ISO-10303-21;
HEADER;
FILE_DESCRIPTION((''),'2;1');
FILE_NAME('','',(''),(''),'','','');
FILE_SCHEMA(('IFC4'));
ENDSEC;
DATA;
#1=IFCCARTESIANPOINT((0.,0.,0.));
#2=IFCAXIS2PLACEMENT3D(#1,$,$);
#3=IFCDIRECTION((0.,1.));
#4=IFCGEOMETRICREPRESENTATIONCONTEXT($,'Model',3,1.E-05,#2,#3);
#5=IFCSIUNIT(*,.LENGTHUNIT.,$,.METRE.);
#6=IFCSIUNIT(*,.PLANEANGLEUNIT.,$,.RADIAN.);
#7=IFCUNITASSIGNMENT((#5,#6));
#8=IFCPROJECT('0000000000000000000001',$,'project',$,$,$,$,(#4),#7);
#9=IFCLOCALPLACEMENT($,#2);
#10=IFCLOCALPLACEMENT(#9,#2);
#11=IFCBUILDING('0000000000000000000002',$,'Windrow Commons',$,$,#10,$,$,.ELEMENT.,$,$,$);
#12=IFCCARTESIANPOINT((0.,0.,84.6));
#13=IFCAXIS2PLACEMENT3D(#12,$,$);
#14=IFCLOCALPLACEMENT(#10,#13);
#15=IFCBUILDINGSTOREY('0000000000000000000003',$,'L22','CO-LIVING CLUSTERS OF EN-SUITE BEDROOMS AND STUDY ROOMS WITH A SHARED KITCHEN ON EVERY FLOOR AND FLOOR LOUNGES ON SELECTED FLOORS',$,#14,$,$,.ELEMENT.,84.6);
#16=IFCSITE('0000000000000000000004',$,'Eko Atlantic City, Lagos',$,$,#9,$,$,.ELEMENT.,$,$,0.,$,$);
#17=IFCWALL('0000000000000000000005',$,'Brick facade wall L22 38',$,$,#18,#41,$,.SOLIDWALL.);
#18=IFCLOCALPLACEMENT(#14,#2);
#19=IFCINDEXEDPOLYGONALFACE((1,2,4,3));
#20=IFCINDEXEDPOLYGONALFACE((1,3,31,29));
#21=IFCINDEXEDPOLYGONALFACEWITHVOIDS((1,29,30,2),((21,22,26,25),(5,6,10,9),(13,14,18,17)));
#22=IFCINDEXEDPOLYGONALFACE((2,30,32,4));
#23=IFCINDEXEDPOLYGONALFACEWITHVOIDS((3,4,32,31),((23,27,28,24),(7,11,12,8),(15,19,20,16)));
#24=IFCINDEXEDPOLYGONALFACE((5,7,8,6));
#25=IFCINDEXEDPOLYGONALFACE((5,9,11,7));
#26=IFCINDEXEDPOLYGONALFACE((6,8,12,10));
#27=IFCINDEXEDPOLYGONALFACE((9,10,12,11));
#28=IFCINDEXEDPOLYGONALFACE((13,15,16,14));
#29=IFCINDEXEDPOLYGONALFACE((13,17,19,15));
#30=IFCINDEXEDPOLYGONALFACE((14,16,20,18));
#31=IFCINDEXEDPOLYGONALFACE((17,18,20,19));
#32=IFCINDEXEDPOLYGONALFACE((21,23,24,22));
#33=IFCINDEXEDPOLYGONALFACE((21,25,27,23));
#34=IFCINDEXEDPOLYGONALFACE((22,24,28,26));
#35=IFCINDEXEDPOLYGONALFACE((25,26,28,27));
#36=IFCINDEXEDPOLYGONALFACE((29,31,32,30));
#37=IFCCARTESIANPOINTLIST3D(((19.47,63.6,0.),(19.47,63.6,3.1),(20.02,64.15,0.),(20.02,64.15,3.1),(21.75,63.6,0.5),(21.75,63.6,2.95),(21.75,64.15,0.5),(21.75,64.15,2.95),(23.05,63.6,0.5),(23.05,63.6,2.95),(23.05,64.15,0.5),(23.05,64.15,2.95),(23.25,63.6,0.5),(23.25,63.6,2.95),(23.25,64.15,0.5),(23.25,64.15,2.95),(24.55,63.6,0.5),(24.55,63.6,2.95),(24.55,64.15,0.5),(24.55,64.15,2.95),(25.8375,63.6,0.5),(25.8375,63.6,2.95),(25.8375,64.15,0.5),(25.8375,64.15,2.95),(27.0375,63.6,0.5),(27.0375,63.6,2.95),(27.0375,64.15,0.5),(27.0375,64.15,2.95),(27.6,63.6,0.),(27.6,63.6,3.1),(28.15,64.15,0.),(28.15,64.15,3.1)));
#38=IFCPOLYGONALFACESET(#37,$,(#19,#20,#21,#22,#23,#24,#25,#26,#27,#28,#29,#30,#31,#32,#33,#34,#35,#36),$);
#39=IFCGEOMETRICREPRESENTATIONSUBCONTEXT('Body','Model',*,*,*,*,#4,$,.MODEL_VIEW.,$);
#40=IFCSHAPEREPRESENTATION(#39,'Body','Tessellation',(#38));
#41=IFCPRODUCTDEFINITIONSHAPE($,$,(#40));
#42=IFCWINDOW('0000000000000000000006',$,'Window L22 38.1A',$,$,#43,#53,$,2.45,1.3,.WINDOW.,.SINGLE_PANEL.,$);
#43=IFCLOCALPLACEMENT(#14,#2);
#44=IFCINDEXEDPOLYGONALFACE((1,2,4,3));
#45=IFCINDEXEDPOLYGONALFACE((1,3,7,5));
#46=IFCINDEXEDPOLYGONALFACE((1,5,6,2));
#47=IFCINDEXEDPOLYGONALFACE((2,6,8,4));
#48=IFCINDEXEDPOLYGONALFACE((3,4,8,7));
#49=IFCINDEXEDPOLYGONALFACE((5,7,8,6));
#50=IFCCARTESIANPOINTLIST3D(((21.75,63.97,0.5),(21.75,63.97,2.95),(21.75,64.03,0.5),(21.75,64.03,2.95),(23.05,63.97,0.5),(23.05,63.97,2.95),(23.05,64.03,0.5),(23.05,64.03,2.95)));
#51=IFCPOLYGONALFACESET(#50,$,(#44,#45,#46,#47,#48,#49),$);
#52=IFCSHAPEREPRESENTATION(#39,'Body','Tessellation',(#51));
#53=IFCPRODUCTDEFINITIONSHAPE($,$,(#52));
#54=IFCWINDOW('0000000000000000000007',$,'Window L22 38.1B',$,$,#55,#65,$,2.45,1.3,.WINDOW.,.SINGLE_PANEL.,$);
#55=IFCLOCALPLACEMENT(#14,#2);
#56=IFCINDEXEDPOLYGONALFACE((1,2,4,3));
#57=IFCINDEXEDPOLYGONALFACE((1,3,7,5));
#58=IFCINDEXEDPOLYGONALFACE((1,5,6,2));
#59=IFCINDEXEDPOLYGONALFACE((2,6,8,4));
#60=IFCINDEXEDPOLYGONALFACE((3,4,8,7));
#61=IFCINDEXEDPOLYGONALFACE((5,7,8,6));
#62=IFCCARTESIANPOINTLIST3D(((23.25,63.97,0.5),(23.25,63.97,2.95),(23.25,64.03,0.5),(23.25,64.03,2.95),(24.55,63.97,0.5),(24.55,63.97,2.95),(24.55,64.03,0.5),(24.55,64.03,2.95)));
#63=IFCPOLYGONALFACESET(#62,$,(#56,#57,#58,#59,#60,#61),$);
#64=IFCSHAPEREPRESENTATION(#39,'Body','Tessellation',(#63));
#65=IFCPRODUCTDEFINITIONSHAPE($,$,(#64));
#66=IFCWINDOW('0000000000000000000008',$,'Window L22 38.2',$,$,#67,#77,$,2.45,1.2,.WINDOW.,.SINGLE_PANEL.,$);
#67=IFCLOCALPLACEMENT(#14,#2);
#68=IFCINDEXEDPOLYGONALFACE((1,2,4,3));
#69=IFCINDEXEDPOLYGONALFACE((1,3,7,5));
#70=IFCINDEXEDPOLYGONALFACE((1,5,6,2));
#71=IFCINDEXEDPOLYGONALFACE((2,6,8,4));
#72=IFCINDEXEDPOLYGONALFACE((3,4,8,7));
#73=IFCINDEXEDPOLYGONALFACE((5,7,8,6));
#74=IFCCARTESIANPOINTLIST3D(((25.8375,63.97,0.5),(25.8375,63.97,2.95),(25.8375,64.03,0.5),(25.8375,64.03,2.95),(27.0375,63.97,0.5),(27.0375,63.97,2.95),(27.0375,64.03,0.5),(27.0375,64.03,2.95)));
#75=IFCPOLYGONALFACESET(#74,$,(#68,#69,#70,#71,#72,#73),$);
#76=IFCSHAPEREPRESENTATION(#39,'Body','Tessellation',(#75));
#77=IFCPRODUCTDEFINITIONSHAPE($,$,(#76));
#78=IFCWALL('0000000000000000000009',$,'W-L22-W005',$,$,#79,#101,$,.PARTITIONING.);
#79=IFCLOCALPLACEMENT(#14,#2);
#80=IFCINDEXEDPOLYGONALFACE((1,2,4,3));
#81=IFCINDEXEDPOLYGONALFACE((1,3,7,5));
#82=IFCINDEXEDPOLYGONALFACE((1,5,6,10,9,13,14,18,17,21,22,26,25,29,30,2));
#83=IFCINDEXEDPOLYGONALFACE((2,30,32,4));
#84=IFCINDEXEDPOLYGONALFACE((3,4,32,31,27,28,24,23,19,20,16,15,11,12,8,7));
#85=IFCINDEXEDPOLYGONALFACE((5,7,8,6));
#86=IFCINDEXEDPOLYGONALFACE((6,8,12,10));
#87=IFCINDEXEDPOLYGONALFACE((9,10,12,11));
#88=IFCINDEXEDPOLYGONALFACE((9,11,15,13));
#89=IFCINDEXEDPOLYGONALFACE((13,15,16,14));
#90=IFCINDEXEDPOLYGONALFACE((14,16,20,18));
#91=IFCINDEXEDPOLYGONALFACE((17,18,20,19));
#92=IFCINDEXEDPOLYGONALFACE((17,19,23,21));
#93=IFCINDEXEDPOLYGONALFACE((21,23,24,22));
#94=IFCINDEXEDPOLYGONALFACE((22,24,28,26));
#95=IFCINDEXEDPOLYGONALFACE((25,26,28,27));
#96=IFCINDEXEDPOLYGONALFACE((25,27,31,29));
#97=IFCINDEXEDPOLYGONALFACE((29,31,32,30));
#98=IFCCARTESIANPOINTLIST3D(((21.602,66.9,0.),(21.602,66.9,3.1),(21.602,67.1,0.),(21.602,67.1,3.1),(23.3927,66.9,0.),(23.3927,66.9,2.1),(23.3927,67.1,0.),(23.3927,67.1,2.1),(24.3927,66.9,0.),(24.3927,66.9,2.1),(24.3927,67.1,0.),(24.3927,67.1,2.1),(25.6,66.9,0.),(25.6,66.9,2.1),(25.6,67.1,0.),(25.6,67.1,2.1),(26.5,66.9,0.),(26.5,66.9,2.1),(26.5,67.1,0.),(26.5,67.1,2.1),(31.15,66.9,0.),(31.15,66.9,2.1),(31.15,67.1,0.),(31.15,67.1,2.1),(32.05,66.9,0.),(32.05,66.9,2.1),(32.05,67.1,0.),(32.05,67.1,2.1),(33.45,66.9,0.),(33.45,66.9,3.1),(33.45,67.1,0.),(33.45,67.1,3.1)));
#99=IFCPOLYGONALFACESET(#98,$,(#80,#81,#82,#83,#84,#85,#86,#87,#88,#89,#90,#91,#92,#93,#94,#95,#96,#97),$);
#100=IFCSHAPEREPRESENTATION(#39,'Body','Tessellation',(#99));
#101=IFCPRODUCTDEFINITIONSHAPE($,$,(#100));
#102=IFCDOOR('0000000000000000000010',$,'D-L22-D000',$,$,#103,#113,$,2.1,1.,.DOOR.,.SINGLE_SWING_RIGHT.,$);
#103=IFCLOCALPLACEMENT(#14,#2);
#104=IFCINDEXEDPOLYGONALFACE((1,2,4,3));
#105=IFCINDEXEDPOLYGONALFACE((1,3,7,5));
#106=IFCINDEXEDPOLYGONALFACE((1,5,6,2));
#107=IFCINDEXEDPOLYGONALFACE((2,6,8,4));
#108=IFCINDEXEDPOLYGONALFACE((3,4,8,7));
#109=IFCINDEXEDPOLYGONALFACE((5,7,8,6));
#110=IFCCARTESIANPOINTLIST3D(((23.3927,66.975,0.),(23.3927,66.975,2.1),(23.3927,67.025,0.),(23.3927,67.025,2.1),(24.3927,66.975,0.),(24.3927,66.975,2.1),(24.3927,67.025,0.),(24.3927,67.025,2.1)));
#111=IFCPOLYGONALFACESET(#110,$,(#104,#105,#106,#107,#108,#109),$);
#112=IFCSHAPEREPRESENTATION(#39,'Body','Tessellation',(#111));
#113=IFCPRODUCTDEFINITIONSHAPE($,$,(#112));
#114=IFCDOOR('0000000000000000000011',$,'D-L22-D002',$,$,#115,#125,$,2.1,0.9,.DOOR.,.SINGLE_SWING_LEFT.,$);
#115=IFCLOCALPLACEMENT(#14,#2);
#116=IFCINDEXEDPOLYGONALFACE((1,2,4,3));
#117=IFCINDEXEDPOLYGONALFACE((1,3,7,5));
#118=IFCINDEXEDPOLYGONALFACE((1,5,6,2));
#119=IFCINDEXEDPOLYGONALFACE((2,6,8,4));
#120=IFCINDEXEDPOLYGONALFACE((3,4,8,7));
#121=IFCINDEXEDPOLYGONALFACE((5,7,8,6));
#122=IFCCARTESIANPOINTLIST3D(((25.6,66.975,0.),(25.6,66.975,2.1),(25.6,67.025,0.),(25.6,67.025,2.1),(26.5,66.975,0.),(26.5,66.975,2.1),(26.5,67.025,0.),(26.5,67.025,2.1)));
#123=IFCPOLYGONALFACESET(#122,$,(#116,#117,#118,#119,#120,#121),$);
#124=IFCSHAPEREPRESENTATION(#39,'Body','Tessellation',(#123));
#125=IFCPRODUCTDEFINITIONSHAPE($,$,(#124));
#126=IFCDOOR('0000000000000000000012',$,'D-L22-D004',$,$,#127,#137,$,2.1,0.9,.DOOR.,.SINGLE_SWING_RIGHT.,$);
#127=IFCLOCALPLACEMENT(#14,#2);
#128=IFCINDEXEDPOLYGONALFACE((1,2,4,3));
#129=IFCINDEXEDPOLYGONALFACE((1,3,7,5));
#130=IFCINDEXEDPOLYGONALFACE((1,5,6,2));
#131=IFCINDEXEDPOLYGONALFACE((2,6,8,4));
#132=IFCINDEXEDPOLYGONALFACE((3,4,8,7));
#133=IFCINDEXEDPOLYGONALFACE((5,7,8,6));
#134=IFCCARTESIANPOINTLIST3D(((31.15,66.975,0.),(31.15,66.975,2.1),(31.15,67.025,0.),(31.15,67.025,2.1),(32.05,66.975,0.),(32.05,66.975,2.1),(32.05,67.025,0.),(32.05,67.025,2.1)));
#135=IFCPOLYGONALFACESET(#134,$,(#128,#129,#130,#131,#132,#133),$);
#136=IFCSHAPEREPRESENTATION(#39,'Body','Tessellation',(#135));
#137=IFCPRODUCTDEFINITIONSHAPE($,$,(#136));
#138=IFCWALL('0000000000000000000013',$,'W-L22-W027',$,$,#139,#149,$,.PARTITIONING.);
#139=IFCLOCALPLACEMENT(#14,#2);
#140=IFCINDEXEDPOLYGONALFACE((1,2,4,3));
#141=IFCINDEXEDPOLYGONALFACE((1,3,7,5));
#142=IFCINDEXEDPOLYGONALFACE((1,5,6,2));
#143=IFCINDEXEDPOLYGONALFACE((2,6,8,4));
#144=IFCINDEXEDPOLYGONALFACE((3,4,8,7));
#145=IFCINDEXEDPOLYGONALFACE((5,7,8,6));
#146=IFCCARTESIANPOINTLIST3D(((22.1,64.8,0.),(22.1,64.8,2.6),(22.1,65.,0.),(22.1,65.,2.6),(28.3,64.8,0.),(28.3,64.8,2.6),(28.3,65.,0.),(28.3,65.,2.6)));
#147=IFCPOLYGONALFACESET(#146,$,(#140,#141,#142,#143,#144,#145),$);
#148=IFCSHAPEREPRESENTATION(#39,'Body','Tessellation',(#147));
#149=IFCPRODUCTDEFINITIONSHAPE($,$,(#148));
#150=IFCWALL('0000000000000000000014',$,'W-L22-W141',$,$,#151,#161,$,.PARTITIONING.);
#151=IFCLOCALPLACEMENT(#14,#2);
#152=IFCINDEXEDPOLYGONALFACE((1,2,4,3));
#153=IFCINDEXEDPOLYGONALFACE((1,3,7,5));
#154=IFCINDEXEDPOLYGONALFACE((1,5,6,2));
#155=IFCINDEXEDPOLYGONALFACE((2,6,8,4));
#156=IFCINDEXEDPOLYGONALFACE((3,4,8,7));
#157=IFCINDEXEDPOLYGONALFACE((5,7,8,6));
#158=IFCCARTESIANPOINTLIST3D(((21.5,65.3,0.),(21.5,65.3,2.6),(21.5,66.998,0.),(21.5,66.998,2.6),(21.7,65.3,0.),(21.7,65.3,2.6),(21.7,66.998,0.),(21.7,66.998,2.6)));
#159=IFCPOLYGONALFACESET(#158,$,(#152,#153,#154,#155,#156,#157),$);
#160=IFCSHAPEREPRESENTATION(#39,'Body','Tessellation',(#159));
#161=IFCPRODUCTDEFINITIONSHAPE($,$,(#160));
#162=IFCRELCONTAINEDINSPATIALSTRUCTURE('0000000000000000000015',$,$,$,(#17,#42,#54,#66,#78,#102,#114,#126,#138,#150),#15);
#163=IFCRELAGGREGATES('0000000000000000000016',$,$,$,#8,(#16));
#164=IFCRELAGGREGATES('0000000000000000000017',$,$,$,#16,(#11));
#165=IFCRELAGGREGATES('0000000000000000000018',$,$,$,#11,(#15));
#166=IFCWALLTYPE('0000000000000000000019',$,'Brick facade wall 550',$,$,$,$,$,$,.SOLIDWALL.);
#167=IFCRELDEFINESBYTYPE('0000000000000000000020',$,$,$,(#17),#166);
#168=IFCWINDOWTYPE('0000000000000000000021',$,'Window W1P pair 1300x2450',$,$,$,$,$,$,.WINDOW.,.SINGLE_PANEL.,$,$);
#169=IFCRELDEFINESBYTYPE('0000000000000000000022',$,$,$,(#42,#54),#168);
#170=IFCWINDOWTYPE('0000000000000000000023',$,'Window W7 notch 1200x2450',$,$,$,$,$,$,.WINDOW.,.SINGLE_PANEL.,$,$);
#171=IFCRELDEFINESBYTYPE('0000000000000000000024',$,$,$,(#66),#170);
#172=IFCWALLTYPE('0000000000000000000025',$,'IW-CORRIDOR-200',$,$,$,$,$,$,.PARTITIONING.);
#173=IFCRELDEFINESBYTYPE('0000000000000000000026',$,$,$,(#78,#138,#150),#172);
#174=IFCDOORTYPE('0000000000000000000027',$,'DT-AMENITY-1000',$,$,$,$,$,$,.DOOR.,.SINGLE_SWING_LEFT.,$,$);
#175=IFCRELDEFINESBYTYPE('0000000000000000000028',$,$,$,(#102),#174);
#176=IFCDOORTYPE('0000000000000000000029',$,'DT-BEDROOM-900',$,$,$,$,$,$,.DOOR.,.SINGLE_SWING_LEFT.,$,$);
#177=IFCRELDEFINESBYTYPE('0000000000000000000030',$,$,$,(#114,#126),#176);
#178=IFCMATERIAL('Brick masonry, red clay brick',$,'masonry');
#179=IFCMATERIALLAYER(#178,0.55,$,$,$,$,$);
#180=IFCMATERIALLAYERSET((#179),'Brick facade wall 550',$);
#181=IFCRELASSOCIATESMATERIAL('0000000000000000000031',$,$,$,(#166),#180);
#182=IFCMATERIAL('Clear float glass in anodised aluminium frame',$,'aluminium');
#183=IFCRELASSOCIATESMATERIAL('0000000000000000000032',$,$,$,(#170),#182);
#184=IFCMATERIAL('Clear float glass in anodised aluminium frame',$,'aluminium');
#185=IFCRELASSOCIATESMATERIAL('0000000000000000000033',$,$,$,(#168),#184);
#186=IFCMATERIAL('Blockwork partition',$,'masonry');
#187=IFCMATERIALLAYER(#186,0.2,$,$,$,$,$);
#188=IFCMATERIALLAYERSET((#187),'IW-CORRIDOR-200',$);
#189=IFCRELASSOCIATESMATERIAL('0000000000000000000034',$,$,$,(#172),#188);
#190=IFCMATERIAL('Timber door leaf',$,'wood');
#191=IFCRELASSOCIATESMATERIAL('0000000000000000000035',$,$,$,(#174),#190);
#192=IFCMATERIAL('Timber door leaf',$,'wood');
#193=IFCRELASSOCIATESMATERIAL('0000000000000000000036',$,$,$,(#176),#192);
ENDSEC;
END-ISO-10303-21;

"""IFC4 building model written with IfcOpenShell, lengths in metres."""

from ifc_helpers import new_model, si_unit, direction, frame, frame_2d, origin, place, context, subcontext, project, spatial, polyline, rectangle, outline, extrude, material, layer, layer_set, type_object, element, fill, save


model = new_model("IFC4")

# Units and contexts
model_context = context("Model", 3, precision=1e-05, world=origin(), true_north=direction((0.0, 1.0)))
body_context = subcontext(model_context, "Body", "Model", "MODEL_VIEW")
ifc_project = project(units=[si_unit("LENGTHUNIT", "METRE"), si_unit("PLANEANGLEUNIT", "RADIAN")], contexts=[model_context])

# Site, building, storey
site_placement = place(None, origin())
site = spatial("IfcSite", under=ifc_project, at=site_placement, Name="Eko Atlantic City, Lagos", CompositionType="ELEMENT", RefElevation=0.0)
building_placement = place(site_placement, origin())
building = spatial("IfcBuilding", under=site, at=building_placement, Name="Windrow Commons", CompositionType="ELEMENT")
storey_placement = place(building_placement, frame((0.0, 0.0, 84.6)))
storey = spatial("IfcBuildingStorey", under=building, at=storey_placement, Name="L22", Description="CO-LIVING CLUSTERS OF EN-SUITE BEDROOMS AND STUDY ROOMS WITH A SHARED KITCHEN ON EVERY FLOOR AND FLOOR LOUNGES ON SELECTED FLOORS", CompositionType="ELEMENT", Elevation=84.6)

# Shared definitions
ifc_material_1 = material(Name="Brick masonry, red clay brick", Category="masonry")
ifc_layer_1 = layer(ifc_material_1, 0.55)
ifc_layer_set_1 = layer_set([ifc_layer_1], Name="Brick facade wall 550")
wall_type_1 = type_object("IfcWallType", Name="Brick facade wall 550", PredefinedType="SOLIDWALL", material=ifc_layer_set_1)
ifc_material_2 = material(Name="Clear float glass in anodised aluminium frame", Category="aluminium")
window_type_1 = type_object("IfcWindowType", Name="Window W7 notch 1200x2450", PartitioningType="SINGLE_PANEL", PredefinedType="WINDOW", material=ifc_material_2)

# Wall, openings, windows
ifc_material_3 = material(Name="Clear float glass in anodised aluminium frame", Category="aluminium")
window_type_2 = type_object("IfcWindowType", Name="Window W1P pair 1300x2450", PartitioningType="SINGLE_PANEL", PredefinedType="WINDOW", material=ifc_material_3)
wall_1_placement = place(storey_placement, frame((19.745, 63.875, 0.0), z_axis=(0.0, 0.0, 1.0), x_axis=(1.0, 0.0, 0.0)))
wall_1 = element("IfcWall", 1, at=wall_1_placement, inside=storey, type_object=wall_type_1, Name="Brick facade wall L22 38", PredefinedType="SOLIDWALL", context=body_context, shape_type="SweptSolid", body=[
    extrude(outline(polyline([(-0.275, -0.275), (7.855, -0.275), (8.405, 0.275), (0.275, 0.275), (-0.275, -0.275)])), origin(), (0.0, 0.0, 1.0), 3.1),
])
opening_1_placement = place(wall_1_placement, frame((2.005, 0.0, 0.5)))
opening_1 = element("IfcOpeningElement", 2, at=opening_1_placement, cuts=wall_1, PredefinedType="OPENING", context=body_context, shape_type="SweptSolid", body=[
    extrude(rectangle(XDim=1.3, YDim=2.45, at=frame_2d((0.65, 1.225))), frame((0.0, 0.285, 0.0), z_axis=(0.0, -1.0, 0.0), x_axis=(1.0, 0.0, 0.0)), (0.0, 0.0, 1.0), 0.57),
])
opening_2_placement = place(wall_1_placement, frame((3.505, 0.0, 0.5)))
opening_2 = element("IfcOpeningElement", 3, at=opening_2_placement, cuts=wall_1, PredefinedType="OPENING", context=body_context, shape_type="SweptSolid", body=[
    extrude(rectangle(XDim=1.3, YDim=2.45, at=frame_2d((0.65, 1.225))), frame((0.0, 0.285, 0.0), z_axis=(0.0, -1.0, 0.0), x_axis=(1.0, 0.0, 0.0)), (0.0, 0.0, 1.0), 0.57),
])
opening_3_placement = place(wall_1_placement, frame((6.0925, 0.0, 0.5)))
opening_3 = element("IfcOpeningElement", 4, at=opening_3_placement, cuts=wall_1, PredefinedType="OPENING", context=body_context, shape_type="SweptSolid", body=[
    extrude(rectangle(XDim=1.2, YDim=2.45, at=frame_2d((0.6, 1.225))), frame((0.0, 0.285, 0.0), z_axis=(0.0, -1.0, 0.0), x_axis=(1.0, 0.0, 0.0)), (0.0, 0.0, 1.0), 0.57),
])
window_1_placement = place(opening_1_placement, origin())
window_1 = element("IfcWindow", 5, at=window_1_placement, inside=storey, type_object=window_type_2, Name="Window L22 38.1A", OverallHeight=2.45, OverallWidth=1.3, PartitioningType="SINGLE_PANEL", PredefinedType="WINDOW", context=body_context, shape_type="SweptSolid", body=[
    extrude(rectangle(XDim=1.3, YDim=2.45, at=frame_2d((0.65, 1.225))), frame((0.0, 0.155, 0.0), z_axis=(0.0, -1.0, 0.0), x_axis=(1.0, 0.0, 0.0)), (0.0, 0.0, 1.0), 0.06),
])
fill(opening_1, window_1)
window_2_placement = place(opening_2_placement, origin())
window_2 = element("IfcWindow", 6, at=window_2_placement, inside=storey, type_object=window_type_2, Name="Window L22 38.1B", OverallHeight=2.45, OverallWidth=1.3, PartitioningType="SINGLE_PANEL", PredefinedType="WINDOW", context=body_context, shape_type="SweptSolid", body=[
    extrude(rectangle(XDim=1.3, YDim=2.45, at=frame_2d((0.65, 1.225))), frame((0.0, 0.155, 0.0), z_axis=(0.0, -1.0, 0.0), x_axis=(1.0, 0.0, 0.0)), (0.0, 0.0, 1.0), 0.06),
])
fill(opening_2, window_2)
window_3_placement = place(opening_3_placement, origin())
window_3 = element("IfcWindow", 7, at=window_3_placement, inside=storey, type_object=window_type_1, Name="Window L22 38.2", OverallHeight=2.45, OverallWidth=1.2, PartitioningType="SINGLE_PANEL", PredefinedType="WINDOW", context=body_context, shape_type="SweptSolid", body=[
    extrude(rectangle(XDim=1.2, YDim=2.45, at=frame_2d((0.6, 1.225))), frame((0.0, 0.155, 0.0), z_axis=(0.0, -1.0, 0.0), x_axis=(1.0, 0.0, 0.0)), (0.0, 0.0, 1.0), 0.06),
])
fill(opening_3, window_3)

# Wall, openings, doors
ifc_material_4 = material(Name="Blockwork partition", Category="masonry")
ifc_layer_2 = layer(ifc_material_4, 0.2)
ifc_layer_set_2 = layer_set([ifc_layer_2], Name="IW-CORRIDOR-200")
wall_type_2 = type_object("IfcWallType", Name="IW-CORRIDOR-200", PredefinedType="PARTITIONING", material=ifc_layer_set_2)
wall_2_placement = place(storey_placement, frame((21.602, 67.0, 0.0), z_axis=(0.0, 0.0, 1.0), x_axis=(1.0, 0.0, 0.0)))
wall_2 = element("IfcWall", 8, at=wall_2_placement, inside=storey, type_object=wall_type_2, Name="W-L22-W005", PredefinedType="PARTITIONING", context=body_context, shape_type="SweptSolid", body=[
    extrude(rectangle(XDim=11.848, YDim=0.2, at=frame_2d((5.924, 0.0))), origin(), (0.0, 0.0, 1.0), 3.1),
])
opening_4_placement = place(wall_2_placement, frame((1.7907, 0.0, 0.0)))
opening_4 = element("IfcOpeningElement", 9, at=opening_4_placement, cuts=wall_2, PredefinedType="OPENING", context=body_context, shape_type="SweptSolid", body=[
    extrude(rectangle(XDim=1.0, YDim=2.1, at=frame_2d((0.5, 1.05))), frame((0.0, 0.11, 0.0), z_axis=(0.0, -1.0, 0.0), x_axis=(1.0, 0.0, 0.0)), (0.0, 0.0, 1.0), 0.22),
])
opening_5_placement = place(wall_2_placement, frame((3.998, 0.0, 0.0)))
opening_5 = element("IfcOpeningElement", 10, at=opening_5_placement, cuts=wall_2, PredefinedType="OPENING", context=body_context, shape_type="SweptSolid", body=[
    extrude(rectangle(XDim=0.9, YDim=2.1, at=frame_2d((0.45, 1.05))), frame((0.0, 0.11, 0.0), z_axis=(0.0, -1.0, 0.0), x_axis=(1.0, 0.0, 0.0)), (0.0, 0.0, 1.0), 0.22),
])
opening_6_placement = place(wall_2_placement, frame((9.548, 0.0, 0.0)))
opening_6 = element("IfcOpeningElement", 11, at=opening_6_placement, cuts=wall_2, PredefinedType="OPENING", context=body_context, shape_type="SweptSolid", body=[
    extrude(rectangle(XDim=0.9, YDim=2.1, at=frame_2d((0.45, 1.05))), frame((0.0, 0.11, 0.0), z_axis=(0.0, -1.0, 0.0), x_axis=(1.0, 0.0, 0.0)), (0.0, 0.0, 1.0), 0.22),
])
ifc_material_5 = material(Name="Timber door leaf", Category="wood")
door_type_1 = type_object("IfcDoorType", Name="DT-AMENITY-1000", OperationType="SINGLE_SWING_LEFT", PredefinedType="DOOR", material=ifc_material_5)
door_1_placement = place(opening_4_placement, origin())
door_1 = element("IfcDoor", 12, at=door_1_placement, inside=storey, type_object=door_type_1, Name="D-L22-D000", OperationType="SINGLE_SWING_RIGHT", OverallHeight=2.1, OverallWidth=1.0, PredefinedType="DOOR", context=body_context, shape_type="SweptSolid", body=[
    extrude(rectangle(XDim=1.0, YDim=2.1, at=frame_2d((0.5, 1.05))), frame((0.0, 0.025, 0.0), z_axis=(0.0, -1.0, 0.0), x_axis=(1.0, 0.0, 0.0)), (0.0, 0.0, 1.0), 0.05),
])
fill(opening_4, door_1)
ifc_material_6 = material(Name="Timber door leaf", Category="wood")
door_type_2 = type_object("IfcDoorType", Name="DT-BEDROOM-900", OperationType="SINGLE_SWING_LEFT", PredefinedType="DOOR", material=ifc_material_6)
door_2_placement = place(opening_5_placement, origin())
door_2 = element("IfcDoor", 13, at=door_2_placement, inside=storey, type_object=door_type_2, Name="D-L22-D002", OperationType="SINGLE_SWING_LEFT", OverallHeight=2.1, OverallWidth=0.9, PredefinedType="DOOR", context=body_context, shape_type="SweptSolid", body=[
    extrude(rectangle(XDim=0.9, YDim=2.1, at=frame_2d((0.45, 1.05))), frame((0.0, 0.025, 0.0), z_axis=(0.0, -1.0, 0.0), x_axis=(1.0, 0.0, 0.0)), (0.0, 0.0, 1.0), 0.05),
])
fill(opening_5, door_2)
door_3_placement = place(opening_6_placement, origin())
door_3 = element("IfcDoor", 14, at=door_3_placement, inside=storey, type_object=door_type_2, Name="D-L22-D004", OperationType="SINGLE_SWING_RIGHT", OverallHeight=2.1, OverallWidth=0.9, PredefinedType="DOOR", context=body_context, shape_type="SweptSolid", body=[
    extrude(rectangle(XDim=0.9, YDim=2.1, at=frame_2d((0.45, 1.05))), frame((0.0, 0.025, 0.0), z_axis=(0.0, -1.0, 0.0), x_axis=(1.0, 0.0, 0.0)), (0.0, 0.0, 1.0), 0.05),
])
fill(opening_6, door_3)

# Walls
wall_3_placement = place(storey_placement, frame((22.1, 64.9, 0.0), z_axis=(0.0, 0.0, 1.0), x_axis=(1.0, 0.0, 0.0)))
element("IfcWall", 15, at=wall_3_placement, inside=storey, type_object=wall_type_2, Name="W-L22-W027", PredefinedType="PARTITIONING", context=body_context, shape_type="SweptSolid", body=[
    extrude(rectangle(XDim=6.2, YDim=0.2, at=frame_2d((3.1, 0.0))), origin(), (0.0, 0.0, 1.0), 2.6),
])
wall_4_placement = place(storey_placement, frame((21.6, 65.3, 0.0), z_axis=(0.0, 0.0, 1.0), x_axis=(0.0, 1.0, 0.0)))
element("IfcWall", 16, at=wall_4_placement, inside=storey, type_object=wall_type_2, Name="W-L22-W141", PredefinedType="PARTITIONING", context=body_context, shape_type="SweptSolid", body=[
    extrude(rectangle(XDim=1.698, YDim=0.2, at=frame_2d((0.849, 0.0))), origin(), (0.0, 0.0, 1.0), 2.6),
])

save(model, "model.ifc")
